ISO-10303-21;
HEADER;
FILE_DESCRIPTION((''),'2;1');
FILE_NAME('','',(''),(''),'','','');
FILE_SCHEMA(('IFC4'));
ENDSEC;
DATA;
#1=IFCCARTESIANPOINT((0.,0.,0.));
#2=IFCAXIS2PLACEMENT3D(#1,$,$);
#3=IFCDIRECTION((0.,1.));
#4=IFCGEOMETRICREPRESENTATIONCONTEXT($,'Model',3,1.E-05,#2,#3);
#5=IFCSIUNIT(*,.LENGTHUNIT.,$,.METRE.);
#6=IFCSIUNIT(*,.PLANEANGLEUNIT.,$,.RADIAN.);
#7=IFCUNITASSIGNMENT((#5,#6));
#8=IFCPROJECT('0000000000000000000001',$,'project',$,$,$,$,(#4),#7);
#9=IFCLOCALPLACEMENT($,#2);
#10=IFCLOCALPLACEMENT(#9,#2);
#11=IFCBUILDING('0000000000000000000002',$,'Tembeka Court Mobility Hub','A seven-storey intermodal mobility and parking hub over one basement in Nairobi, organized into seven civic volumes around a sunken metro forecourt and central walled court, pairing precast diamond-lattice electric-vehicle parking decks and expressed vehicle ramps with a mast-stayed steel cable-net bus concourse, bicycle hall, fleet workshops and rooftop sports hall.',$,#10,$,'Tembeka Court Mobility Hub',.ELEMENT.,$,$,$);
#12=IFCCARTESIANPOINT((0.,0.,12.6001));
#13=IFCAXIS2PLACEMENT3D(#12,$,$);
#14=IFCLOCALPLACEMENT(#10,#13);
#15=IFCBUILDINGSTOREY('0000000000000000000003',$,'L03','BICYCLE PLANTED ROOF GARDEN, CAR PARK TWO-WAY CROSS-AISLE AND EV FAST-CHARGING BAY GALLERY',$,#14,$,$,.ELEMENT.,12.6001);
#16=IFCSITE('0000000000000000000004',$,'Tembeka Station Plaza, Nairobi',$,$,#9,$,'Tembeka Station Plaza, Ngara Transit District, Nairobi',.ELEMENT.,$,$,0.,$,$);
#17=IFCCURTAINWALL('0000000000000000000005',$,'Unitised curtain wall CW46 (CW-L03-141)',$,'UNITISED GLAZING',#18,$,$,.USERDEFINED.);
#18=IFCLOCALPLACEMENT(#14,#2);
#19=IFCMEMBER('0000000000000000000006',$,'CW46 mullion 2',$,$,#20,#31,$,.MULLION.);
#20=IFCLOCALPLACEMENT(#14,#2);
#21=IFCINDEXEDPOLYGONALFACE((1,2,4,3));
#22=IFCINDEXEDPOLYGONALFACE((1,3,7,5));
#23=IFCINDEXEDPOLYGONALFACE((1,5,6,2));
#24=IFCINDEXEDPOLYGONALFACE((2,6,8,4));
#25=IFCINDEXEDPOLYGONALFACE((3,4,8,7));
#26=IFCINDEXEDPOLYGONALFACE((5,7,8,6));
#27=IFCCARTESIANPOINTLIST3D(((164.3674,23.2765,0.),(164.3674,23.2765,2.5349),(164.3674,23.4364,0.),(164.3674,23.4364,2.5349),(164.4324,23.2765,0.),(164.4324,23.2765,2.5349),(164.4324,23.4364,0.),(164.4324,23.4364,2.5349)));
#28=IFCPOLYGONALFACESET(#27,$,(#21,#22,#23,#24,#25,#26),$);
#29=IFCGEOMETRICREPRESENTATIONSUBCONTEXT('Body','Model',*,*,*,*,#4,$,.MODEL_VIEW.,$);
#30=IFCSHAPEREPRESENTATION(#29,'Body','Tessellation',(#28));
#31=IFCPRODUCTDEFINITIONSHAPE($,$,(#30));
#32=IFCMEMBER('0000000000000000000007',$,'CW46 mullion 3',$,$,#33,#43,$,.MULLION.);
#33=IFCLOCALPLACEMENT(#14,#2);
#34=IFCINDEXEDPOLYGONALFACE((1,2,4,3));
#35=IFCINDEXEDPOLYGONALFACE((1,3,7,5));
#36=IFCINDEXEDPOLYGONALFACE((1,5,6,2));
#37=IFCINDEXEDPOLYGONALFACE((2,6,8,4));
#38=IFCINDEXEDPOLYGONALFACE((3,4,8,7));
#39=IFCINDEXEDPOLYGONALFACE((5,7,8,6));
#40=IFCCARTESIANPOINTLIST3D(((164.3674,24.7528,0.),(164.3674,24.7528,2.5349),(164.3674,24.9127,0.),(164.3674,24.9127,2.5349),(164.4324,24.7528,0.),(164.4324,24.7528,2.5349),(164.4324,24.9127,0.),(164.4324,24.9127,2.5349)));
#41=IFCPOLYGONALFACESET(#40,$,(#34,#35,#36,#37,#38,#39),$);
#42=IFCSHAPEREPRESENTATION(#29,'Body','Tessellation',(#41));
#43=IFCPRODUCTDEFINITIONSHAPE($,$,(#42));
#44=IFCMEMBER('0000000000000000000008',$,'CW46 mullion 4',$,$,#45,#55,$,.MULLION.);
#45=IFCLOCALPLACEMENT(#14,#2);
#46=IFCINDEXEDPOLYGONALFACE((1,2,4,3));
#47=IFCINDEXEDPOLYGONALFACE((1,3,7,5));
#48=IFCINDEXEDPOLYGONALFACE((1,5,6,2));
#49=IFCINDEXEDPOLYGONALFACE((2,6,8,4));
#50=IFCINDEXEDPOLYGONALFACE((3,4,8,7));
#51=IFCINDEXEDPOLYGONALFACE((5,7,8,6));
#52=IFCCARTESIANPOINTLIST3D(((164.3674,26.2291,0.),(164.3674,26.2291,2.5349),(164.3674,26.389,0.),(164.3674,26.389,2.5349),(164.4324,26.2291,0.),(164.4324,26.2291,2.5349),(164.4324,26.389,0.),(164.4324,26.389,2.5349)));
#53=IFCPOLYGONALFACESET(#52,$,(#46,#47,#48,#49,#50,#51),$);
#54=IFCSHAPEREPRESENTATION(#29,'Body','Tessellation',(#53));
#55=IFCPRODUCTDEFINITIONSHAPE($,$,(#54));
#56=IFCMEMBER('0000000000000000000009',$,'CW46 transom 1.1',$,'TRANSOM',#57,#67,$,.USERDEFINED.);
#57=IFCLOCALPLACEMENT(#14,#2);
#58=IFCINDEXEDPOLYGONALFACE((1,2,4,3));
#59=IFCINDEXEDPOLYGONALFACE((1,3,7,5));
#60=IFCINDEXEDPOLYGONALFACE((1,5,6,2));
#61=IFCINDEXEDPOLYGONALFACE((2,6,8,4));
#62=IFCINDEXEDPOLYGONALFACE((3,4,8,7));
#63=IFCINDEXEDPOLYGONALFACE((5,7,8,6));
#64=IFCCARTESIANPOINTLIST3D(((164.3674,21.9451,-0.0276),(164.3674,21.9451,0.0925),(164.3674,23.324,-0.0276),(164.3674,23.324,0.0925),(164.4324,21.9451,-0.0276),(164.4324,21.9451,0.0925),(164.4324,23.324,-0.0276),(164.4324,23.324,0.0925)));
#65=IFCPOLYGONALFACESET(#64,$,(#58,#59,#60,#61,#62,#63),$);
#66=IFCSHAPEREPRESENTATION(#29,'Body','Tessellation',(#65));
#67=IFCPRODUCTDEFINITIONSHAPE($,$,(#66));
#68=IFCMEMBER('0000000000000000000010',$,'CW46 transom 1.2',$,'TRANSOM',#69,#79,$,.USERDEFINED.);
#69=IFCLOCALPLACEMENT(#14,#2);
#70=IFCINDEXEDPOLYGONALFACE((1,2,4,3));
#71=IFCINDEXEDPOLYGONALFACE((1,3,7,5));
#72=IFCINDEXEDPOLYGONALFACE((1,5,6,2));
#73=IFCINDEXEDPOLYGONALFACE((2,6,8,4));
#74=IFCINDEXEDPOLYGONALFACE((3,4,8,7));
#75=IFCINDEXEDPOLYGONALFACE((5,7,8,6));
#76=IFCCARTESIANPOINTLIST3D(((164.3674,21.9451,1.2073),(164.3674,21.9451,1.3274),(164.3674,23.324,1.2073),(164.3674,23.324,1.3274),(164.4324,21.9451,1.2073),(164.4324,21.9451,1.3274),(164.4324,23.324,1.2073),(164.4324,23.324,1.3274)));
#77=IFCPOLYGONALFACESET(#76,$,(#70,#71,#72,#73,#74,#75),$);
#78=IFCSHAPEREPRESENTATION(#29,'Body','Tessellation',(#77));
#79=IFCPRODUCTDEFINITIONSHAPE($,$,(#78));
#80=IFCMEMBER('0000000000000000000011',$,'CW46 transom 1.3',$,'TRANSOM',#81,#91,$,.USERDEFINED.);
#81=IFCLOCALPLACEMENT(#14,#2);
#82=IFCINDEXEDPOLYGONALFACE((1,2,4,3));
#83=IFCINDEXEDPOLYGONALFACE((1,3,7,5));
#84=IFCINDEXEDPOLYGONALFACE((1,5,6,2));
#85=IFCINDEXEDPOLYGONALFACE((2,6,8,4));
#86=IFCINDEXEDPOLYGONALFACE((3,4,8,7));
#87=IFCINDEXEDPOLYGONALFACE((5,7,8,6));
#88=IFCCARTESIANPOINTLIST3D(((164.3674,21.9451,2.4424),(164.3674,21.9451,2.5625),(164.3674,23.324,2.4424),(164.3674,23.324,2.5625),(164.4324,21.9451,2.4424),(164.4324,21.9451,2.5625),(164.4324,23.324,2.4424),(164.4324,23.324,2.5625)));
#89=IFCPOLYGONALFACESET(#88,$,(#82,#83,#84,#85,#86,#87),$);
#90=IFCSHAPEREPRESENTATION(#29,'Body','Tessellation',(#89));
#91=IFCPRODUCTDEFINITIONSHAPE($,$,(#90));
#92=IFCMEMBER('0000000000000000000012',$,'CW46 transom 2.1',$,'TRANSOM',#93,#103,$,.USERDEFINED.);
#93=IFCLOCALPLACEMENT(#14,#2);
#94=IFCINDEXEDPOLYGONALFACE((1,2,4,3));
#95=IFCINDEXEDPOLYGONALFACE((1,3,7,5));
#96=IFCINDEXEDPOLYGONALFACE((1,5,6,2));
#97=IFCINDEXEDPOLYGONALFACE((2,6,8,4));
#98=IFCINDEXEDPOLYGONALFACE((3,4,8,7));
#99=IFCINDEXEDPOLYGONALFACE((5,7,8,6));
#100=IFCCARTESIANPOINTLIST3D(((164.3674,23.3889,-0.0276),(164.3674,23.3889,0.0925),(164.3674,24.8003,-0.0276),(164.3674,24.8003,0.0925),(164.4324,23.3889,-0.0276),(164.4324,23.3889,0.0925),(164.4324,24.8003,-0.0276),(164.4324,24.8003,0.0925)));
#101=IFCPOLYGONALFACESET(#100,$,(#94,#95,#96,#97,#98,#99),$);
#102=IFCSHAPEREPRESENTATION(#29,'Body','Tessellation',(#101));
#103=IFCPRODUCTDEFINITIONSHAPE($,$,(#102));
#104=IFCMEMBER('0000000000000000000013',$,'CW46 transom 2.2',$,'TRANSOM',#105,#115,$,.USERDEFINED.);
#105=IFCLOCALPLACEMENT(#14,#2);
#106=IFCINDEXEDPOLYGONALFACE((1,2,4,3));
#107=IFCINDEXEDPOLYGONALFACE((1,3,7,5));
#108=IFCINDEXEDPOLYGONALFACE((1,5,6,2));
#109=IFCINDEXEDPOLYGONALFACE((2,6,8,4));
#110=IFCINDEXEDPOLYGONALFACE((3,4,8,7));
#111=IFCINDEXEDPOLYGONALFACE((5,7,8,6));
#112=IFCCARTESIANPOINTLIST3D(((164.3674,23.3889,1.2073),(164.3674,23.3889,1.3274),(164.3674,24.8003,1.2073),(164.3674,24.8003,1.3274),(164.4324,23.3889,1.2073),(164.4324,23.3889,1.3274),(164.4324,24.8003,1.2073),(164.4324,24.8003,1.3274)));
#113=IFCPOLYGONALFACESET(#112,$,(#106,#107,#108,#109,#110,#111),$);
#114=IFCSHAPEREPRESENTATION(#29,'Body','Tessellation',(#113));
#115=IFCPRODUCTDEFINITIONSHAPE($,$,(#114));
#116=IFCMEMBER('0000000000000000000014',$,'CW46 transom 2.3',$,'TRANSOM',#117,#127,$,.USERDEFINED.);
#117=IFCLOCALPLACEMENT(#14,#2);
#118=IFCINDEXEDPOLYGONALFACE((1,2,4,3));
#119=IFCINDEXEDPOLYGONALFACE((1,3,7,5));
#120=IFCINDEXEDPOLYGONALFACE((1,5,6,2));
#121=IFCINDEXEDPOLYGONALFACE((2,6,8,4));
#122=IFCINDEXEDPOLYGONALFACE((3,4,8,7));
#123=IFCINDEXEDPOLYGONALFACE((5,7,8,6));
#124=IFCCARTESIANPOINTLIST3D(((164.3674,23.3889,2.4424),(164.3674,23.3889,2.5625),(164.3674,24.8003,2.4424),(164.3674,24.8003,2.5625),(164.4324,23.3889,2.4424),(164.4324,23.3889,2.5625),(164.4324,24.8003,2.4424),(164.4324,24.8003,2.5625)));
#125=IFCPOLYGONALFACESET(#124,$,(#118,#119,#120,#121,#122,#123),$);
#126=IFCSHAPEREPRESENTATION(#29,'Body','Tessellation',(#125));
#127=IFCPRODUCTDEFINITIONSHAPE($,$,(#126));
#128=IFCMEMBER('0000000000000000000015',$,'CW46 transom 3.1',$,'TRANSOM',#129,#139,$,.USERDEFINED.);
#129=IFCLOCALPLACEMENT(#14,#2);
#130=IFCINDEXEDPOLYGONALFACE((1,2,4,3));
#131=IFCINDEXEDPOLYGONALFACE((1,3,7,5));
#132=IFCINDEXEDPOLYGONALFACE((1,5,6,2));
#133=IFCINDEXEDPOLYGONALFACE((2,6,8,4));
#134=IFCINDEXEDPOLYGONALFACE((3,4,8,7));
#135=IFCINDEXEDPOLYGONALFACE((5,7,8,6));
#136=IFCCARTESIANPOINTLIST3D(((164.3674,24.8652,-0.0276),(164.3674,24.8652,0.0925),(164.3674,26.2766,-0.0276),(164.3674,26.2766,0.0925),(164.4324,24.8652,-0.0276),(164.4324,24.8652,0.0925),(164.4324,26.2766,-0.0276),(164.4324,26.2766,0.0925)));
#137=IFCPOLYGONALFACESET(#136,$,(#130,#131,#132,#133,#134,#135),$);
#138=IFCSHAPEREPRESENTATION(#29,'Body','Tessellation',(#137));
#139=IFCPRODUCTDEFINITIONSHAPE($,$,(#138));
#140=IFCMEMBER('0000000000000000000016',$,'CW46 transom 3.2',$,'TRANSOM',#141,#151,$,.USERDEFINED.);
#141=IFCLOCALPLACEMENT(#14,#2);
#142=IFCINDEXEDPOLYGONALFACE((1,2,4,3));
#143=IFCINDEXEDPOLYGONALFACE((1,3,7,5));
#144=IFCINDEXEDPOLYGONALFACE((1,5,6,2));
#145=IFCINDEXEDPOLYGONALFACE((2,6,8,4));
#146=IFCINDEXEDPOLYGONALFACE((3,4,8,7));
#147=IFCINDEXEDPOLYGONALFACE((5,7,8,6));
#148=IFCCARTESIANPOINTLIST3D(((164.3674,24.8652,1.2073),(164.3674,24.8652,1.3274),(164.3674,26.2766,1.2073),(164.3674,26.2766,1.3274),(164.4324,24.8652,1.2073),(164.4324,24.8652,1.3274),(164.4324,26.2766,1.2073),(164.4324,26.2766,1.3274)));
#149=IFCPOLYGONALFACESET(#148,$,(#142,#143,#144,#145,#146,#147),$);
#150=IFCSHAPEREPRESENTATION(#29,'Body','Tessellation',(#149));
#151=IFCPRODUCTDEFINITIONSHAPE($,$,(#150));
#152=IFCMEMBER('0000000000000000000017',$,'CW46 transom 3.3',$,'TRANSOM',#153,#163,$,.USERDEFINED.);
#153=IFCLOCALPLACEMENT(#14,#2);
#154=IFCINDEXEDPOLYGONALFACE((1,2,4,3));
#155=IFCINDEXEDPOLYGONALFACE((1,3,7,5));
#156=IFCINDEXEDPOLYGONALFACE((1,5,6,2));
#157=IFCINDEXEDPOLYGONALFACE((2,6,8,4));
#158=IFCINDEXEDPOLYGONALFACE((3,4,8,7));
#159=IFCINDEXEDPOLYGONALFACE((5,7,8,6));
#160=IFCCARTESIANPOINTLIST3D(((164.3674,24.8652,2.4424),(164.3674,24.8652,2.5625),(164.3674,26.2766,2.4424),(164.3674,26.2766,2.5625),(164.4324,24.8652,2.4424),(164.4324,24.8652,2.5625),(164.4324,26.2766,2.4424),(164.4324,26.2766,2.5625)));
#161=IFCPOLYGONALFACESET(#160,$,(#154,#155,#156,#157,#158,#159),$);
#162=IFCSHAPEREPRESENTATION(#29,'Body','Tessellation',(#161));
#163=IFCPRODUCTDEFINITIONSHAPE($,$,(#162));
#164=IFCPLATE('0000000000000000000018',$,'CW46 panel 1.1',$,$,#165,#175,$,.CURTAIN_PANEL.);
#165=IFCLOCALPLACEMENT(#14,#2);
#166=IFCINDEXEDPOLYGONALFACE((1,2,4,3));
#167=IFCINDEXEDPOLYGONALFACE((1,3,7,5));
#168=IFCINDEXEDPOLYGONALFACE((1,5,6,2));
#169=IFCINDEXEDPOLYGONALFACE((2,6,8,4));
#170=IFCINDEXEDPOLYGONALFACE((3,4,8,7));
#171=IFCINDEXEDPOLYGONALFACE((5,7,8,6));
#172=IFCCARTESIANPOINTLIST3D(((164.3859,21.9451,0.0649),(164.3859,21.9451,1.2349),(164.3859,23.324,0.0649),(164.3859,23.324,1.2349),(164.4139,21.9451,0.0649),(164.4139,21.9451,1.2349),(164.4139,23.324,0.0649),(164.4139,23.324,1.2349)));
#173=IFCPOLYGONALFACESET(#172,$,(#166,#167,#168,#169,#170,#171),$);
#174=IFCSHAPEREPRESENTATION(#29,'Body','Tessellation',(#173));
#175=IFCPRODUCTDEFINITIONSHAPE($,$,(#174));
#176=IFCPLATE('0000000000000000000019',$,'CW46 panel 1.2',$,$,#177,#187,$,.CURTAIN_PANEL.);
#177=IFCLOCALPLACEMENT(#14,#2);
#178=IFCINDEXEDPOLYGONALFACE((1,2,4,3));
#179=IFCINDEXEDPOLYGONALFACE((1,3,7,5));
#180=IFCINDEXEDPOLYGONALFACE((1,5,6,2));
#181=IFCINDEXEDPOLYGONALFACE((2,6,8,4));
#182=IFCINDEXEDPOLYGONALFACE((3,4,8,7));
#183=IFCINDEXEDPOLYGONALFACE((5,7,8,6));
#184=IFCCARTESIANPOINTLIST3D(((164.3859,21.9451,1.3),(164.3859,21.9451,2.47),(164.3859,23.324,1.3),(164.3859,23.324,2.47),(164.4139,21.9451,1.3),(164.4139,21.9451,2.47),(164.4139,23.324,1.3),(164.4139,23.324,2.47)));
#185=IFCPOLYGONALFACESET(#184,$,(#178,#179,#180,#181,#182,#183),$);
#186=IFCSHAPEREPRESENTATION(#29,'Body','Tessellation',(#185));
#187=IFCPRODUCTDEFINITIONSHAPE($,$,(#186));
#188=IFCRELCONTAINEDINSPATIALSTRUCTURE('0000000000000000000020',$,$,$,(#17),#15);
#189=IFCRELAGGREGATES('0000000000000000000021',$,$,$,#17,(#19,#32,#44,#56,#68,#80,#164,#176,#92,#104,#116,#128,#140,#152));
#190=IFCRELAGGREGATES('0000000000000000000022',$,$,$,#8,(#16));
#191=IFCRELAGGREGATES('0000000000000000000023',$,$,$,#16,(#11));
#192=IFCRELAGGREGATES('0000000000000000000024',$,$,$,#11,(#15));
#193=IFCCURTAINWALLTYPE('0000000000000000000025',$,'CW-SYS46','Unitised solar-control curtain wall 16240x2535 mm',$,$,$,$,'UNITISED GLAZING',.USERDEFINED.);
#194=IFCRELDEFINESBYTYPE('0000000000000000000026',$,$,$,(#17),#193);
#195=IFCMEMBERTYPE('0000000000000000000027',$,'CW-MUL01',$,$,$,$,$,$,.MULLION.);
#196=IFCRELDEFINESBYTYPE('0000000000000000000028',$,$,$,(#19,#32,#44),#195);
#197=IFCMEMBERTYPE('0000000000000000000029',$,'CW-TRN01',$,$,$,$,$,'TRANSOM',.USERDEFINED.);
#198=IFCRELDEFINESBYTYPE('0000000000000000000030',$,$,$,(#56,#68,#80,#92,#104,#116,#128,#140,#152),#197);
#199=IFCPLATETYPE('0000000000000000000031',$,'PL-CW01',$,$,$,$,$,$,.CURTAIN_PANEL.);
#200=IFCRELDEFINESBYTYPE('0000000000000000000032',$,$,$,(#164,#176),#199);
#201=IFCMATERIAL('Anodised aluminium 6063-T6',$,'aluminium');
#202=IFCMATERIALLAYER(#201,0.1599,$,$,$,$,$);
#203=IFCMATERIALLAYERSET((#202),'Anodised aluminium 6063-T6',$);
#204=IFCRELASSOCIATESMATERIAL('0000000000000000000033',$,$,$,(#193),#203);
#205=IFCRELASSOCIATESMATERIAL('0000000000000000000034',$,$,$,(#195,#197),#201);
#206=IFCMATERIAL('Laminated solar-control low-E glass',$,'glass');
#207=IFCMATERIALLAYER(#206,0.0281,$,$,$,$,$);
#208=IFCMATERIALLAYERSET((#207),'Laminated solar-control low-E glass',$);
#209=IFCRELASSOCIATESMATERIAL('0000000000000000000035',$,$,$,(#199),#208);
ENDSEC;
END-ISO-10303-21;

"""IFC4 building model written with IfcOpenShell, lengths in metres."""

from ifc_helpers import new_model, si_unit, direction, frame, origin, origin_2d, place, context, subcontext, project, spatial, rectangle, extrude, material, layer, layer_set, material_profile, profile_set, type_object, element, aggregate, save


model = new_model("IFC4")

# Units and contexts
model_context = context("Model", 3, precision=1e-05, world=origin(), true_north=direction((0.0, 1.0)))
body_context = subcontext(model_context, "Body", "Model", "MODEL_VIEW")
ifc_project = project(units=[si_unit("LENGTHUNIT", "METRE"), si_unit("PLANEANGLEUNIT", "RADIAN")], contexts=[model_context])

# Site, building, storey
site_placement = place(None, origin())
site = spatial("IfcSite", under=ifc_project, at=site_placement, Name="Tembeka Station Plaza, Nairobi", LongName="Tembeka Station Plaza, Ngara Transit District, Nairobi", CompositionType="ELEMENT", RefElevation=0.0)
building_placement = place(site_placement, origin())
building = spatial("IfcBuilding", under=site, at=building_placement, Name="Tembeka Court Mobility Hub", Description="A seven-storey intermodal mobility and parking hub over one basement in Nairobi, organized into seven civic volumes around a sunken metro forecourt and central walled court, pairing precast diamond-lattice electric-vehicle parking decks and expressed vehicle ramps with a mast-stayed steel cable-net bus concourse, bicycle hall, fleet workshops and rooftop sports hall.", LongName="Tembeka Court Mobility Hub", CompositionType="ELEMENT")
storey_placement = place(building_placement, frame((0.0, 0.0, 12.6001)))
storey = spatial("IfcBuildingStorey", under=building, at=storey_placement, Name="L03", Description="BICYCLE PLANTED ROOF GARDEN, CAR PARK TWO-WAY CROSS-AISLE AND EV FAST-CHARGING BAY GALLERY", CompositionType="ELEMENT", Elevation=12.6001)

# Curtain wall, members, plates
ifc_material_1 = material(Name="Anodised aluminium 6063-T6", Category="aluminium")
ifc_layer_1 = layer(ifc_material_1, 0.1599)
ifc_layer_set_1 = layer_set([ifc_layer_1], Name="Anodised aluminium 6063-T6")
curtain_wall_type = type_object("IfcCurtainWallType", Name="CW-SYS46", Description="Unitised solar-control curtain wall 16240x2535 mm", ElementType="UNITISED GLAZING", PredefinedType="USERDEFINED", material=ifc_layer_set_1)
curtain_wall_placement = place(storey_placement, origin())
curtain_wall = element("IfcCurtainWall", 1, at=curtain_wall_placement, inside=storey, type_object=curtain_wall_type, Name="Unitised curtain wall CW46 (CW-L03-141)", ObjectType="UNITISED GLAZING", PredefinedType="USERDEFINED")
ifc_material_profile_1 = material_profile(ifc_material_1, rectangle(XDim=0.0649, YDim=0.1599, at=origin_2d()), Name="ALU-MUL 65x160")
ifc_profile_set_1 = profile_set([ifc_material_profile_1], Name="Anodised aluminium 6063-T6")
member_type_1 = type_object("IfcMemberType", Name="CW-MUL01", PredefinedType="MULLION", material=ifc_profile_set_1)
member_1_placement = place(storey_placement, frame((164.3999, 23.3564, 0.0), z_axis=(0.0, 0.0, 1.0), x_axis=(-1.0, 0.0, 0.0)))
member_1 = element("IfcMember", 2, at=member_1_placement, type_object=member_type_1, Name="CW46 mullion 2", PredefinedType="MULLION", context=body_context, shape_type="SweptSolid", body=[
    extrude(rectangle(XDim=0.0649, YDim=0.1599, at=origin_2d()), origin(), (0.0, 0.0, 1.0), 2.5349),
])
member_2_placement = place(storey_placement, frame((164.3999, 24.8328, 0.0), z_axis=(0.0, 0.0, 1.0), x_axis=(-1.0, 0.0, 0.0)))
member_2 = element("IfcMember", 3, at=member_2_placement, type_object=member_type_1, Name="CW46 mullion 3", PredefinedType="MULLION", context=body_context, shape_type="SweptSolid", body=[
    extrude(rectangle(XDim=0.0649, YDim=0.1599, at=origin_2d()), origin(), (0.0, 0.0, 1.0), 2.5349),
])
member_3_placement = place(storey_placement, frame((164.3999, 26.3091, 0.0), z_axis=(0.0, 0.0, 1.0), x_axis=(-1.0, 0.0, 0.0)))
member_3 = element("IfcMember", 4, at=member_3_placement, type_object=member_type_1, Name="CW46 mullion 4", PredefinedType="MULLION", context=body_context, shape_type="SweptSolid", body=[
    extrude(rectangle(XDim=0.0649, YDim=0.1599, at=origin_2d()), origin(), (0.0, 0.0, 1.0), 2.5349),
])
ifc_material_profile_2 = material_profile(ifc_material_1, rectangle(XDim=0.0649, YDim=0.1201, at=origin_2d()), Name="ALU-TRN 65x120")
ifc_profile_set_2 = profile_set([ifc_material_profile_2], Name="Anodised aluminium 6063-T6")
member_type_2 = type_object("IfcMemberType", Name="CW-TRN01", ElementType="TRANSOM", PredefinedType="USERDEFINED", material=ifc_profile_set_2)
member_4_placement = place(storey_placement, frame((164.3999, 21.9451, 0.0325), z_axis=(0.0, 1.0, 0.0), x_axis=(-1.0, 0.0, 0.0)))
member_4 = element("IfcMember", 5, at=member_4_placement, type_object=member_type_2, Name="CW46 transom 1.1", ObjectType="TRANSOM", PredefinedType="USERDEFINED", context=body_context, shape_type="SweptSolid", body=[
    extrude(rectangle(XDim=0.0649, YDim=0.1201, at=origin_2d()), origin(), (0.0, 0.0, 1.0), 1.3789),
])
member_5_placement = place(storey_placement, frame((164.3999, 21.9451, 1.2673), z_axis=(0.0, 1.0, 0.0), x_axis=(-1.0, 0.0, 0.0)))
member_5 = element("IfcMember", 6, at=member_5_placement, type_object=member_type_2, Name="CW46 transom 1.2", ObjectType="TRANSOM", PredefinedType="USERDEFINED", context=body_context, shape_type="SweptSolid", body=[
    extrude(rectangle(XDim=0.0649, YDim=0.1201, at=origin_2d()), origin(), (0.0, 0.0, 1.0), 1.3789),
])
member_6_placement = place(storey_placement, frame((164.3999, 21.9451, 2.5024), z_axis=(0.0, 1.0, 0.0), x_axis=(-1.0, 0.0, 0.0)))
member_6 = element("IfcMember", 7, at=member_6_placement, type_object=member_type_2, Name="CW46 transom 1.3", ObjectType="TRANSOM", PredefinedType="USERDEFINED", context=body_context, shape_type="SweptSolid", body=[
    extrude(rectangle(XDim=0.0649, YDim=0.1201, at=origin_2d()), origin(), (0.0, 0.0, 1.0), 1.3789),
])
member_7_placement = place(storey_placement, frame((164.3999, 23.3889, 0.0325), z_axis=(0.0, 1.0, 0.0), x_axis=(-1.0, 0.0, 0.0)))
member_7 = element("IfcMember", 8, at=member_7_placement, type_object=member_type_2, Name="CW46 transom 2.1", ObjectType="TRANSOM", PredefinedType="USERDEFINED", context=body_context, shape_type="SweptSolid", body=[
    extrude(rectangle(XDim=0.0649, YDim=0.1201, at=origin_2d()), origin(), (0.0, 0.0, 1.0), 1.4114),
])
member_8_placement = place(storey_placement, frame((164.3999, 23.3889, 1.2673), z_axis=(0.0, 1.0, 0.0), x_axis=(-1.0, 0.0, 0.0)))
member_8 = element("IfcMember", 9, at=member_8_placement, type_object=member_type_2, Name="CW46 transom 2.2", ObjectType="TRANSOM", PredefinedType="USERDEFINED", context=body_context, shape_type="SweptSolid", body=[
    extrude(rectangle(XDim=0.0649, YDim=0.1201, at=origin_2d()), origin(), (0.0, 0.0, 1.0), 1.4114),
])
member_9_placement = place(storey_placement, frame((164.3999, 23.3889, 2.5024), z_axis=(0.0, 1.0, 0.0), x_axis=(-1.0, 0.0, 0.0)))
member_9 = element("IfcMember", 10, at=member_9_placement, type_object=member_type_2, Name="CW46 transom 2.3", ObjectType="TRANSOM", PredefinedType="USERDEFINED", context=body_context, shape_type="SweptSolid", body=[
    extrude(rectangle(XDim=0.0649, YDim=0.1201, at=origin_2d()), origin(), (0.0, 0.0, 1.0), 1.4114),
])
member_10_placement = place(storey_placement, frame((164.3999, 24.8652, 0.0325), z_axis=(0.0, 1.0, 0.0), x_axis=(-1.0, 0.0, 0.0)))
member_10 = element("IfcMember", 11, at=member_10_placement, type_object=member_type_2, Name="CW46 transom 3.1", ObjectType="TRANSOM", PredefinedType="USERDEFINED", context=body_context, shape_type="SweptSolid", body=[
    extrude(rectangle(XDim=0.0649, YDim=0.1201, at=origin_2d()), origin(), (0.0, 0.0, 1.0), 1.4114),
])
member_11_placement = place(storey_placement, frame((164.3999, 24.8652, 1.2673), z_axis=(0.0, 1.0, 0.0), x_axis=(-1.0, 0.0, 0.0)))
member_11 = element("IfcMember", 12, at=member_11_placement, type_object=member_type_2, Name="CW46 transom 3.2", ObjectType="TRANSOM", PredefinedType="USERDEFINED", context=body_context, shape_type="SweptSolid", body=[
    extrude(rectangle(XDim=0.0649, YDim=0.1201, at=origin_2d()), origin(), (0.0, 0.0, 1.0), 1.4114),
])
member_12_placement = place(storey_placement, frame((164.3999, 24.8652, 2.5024), z_axis=(0.0, 1.0, 0.0), x_axis=(-1.0, 0.0, 0.0)))
member_12 = element("IfcMember", 13, at=member_12_placement, type_object=member_type_2, Name="CW46 transom 3.3", ObjectType="TRANSOM", PredefinedType="USERDEFINED", context=body_context, shape_type="SweptSolid", body=[
    extrude(rectangle(XDim=0.0649, YDim=0.1201, at=origin_2d()), origin(), (0.0, 0.0, 1.0), 1.4114),
])
ifc_material_2 = material(Name="Laminated solar-control low-E glass", Category="glass")
ifc_layer_2 = layer(ifc_material_2, 0.0281)
ifc_layer_set_2 = layer_set([ifc_layer_2], Name="Laminated solar-control low-E glass")
plate_type = type_object("IfcPlateType", Name="PL-CW01", PredefinedType="CURTAIN_PANEL", material=ifc_layer_set_2)
plate_1_placement = place(storey_placement, frame((164.3999, 22.6345, 0.0649), z_axis=(0.0, 0.0, 1.0), x_axis=(0.0, 1.0, 0.0)))
plate_1 = element("IfcPlate", 14, at=plate_1_placement, type_object=plate_type, Name="CW46 panel 1.1", PredefinedType="CURTAIN_PANEL", context=body_context, shape_type="SweptSolid", body=[
    extrude(rectangle(XDim=1.3789, YDim=0.0281, at=origin_2d()), origin(), (0.0, 0.0, 1.0), 1.1699),
])
plate_2_placement = place(storey_placement, frame((164.3999, 22.6345, 1.3), z_axis=(0.0, 0.0, 1.0), x_axis=(0.0, 1.0, 0.0)))
plate_2 = element("IfcPlate", 15, at=plate_2_placement, type_object=plate_type, Name="CW46 panel 1.2", PredefinedType="CURTAIN_PANEL", context=body_context, shape_type="SweptSolid", body=[
    extrude(rectangle(XDim=1.3789, YDim=0.0281, at=origin_2d()), origin(), (0.0, 0.0, 1.0), 1.1699),
])
aggregate(curtain_wall, [member_1, member_2, member_3, member_4, member_5, member_6, plate_1, plate_2, member_7, member_8, member_9, member_10, member_11, member_12])

save(model, "model.ifc")
